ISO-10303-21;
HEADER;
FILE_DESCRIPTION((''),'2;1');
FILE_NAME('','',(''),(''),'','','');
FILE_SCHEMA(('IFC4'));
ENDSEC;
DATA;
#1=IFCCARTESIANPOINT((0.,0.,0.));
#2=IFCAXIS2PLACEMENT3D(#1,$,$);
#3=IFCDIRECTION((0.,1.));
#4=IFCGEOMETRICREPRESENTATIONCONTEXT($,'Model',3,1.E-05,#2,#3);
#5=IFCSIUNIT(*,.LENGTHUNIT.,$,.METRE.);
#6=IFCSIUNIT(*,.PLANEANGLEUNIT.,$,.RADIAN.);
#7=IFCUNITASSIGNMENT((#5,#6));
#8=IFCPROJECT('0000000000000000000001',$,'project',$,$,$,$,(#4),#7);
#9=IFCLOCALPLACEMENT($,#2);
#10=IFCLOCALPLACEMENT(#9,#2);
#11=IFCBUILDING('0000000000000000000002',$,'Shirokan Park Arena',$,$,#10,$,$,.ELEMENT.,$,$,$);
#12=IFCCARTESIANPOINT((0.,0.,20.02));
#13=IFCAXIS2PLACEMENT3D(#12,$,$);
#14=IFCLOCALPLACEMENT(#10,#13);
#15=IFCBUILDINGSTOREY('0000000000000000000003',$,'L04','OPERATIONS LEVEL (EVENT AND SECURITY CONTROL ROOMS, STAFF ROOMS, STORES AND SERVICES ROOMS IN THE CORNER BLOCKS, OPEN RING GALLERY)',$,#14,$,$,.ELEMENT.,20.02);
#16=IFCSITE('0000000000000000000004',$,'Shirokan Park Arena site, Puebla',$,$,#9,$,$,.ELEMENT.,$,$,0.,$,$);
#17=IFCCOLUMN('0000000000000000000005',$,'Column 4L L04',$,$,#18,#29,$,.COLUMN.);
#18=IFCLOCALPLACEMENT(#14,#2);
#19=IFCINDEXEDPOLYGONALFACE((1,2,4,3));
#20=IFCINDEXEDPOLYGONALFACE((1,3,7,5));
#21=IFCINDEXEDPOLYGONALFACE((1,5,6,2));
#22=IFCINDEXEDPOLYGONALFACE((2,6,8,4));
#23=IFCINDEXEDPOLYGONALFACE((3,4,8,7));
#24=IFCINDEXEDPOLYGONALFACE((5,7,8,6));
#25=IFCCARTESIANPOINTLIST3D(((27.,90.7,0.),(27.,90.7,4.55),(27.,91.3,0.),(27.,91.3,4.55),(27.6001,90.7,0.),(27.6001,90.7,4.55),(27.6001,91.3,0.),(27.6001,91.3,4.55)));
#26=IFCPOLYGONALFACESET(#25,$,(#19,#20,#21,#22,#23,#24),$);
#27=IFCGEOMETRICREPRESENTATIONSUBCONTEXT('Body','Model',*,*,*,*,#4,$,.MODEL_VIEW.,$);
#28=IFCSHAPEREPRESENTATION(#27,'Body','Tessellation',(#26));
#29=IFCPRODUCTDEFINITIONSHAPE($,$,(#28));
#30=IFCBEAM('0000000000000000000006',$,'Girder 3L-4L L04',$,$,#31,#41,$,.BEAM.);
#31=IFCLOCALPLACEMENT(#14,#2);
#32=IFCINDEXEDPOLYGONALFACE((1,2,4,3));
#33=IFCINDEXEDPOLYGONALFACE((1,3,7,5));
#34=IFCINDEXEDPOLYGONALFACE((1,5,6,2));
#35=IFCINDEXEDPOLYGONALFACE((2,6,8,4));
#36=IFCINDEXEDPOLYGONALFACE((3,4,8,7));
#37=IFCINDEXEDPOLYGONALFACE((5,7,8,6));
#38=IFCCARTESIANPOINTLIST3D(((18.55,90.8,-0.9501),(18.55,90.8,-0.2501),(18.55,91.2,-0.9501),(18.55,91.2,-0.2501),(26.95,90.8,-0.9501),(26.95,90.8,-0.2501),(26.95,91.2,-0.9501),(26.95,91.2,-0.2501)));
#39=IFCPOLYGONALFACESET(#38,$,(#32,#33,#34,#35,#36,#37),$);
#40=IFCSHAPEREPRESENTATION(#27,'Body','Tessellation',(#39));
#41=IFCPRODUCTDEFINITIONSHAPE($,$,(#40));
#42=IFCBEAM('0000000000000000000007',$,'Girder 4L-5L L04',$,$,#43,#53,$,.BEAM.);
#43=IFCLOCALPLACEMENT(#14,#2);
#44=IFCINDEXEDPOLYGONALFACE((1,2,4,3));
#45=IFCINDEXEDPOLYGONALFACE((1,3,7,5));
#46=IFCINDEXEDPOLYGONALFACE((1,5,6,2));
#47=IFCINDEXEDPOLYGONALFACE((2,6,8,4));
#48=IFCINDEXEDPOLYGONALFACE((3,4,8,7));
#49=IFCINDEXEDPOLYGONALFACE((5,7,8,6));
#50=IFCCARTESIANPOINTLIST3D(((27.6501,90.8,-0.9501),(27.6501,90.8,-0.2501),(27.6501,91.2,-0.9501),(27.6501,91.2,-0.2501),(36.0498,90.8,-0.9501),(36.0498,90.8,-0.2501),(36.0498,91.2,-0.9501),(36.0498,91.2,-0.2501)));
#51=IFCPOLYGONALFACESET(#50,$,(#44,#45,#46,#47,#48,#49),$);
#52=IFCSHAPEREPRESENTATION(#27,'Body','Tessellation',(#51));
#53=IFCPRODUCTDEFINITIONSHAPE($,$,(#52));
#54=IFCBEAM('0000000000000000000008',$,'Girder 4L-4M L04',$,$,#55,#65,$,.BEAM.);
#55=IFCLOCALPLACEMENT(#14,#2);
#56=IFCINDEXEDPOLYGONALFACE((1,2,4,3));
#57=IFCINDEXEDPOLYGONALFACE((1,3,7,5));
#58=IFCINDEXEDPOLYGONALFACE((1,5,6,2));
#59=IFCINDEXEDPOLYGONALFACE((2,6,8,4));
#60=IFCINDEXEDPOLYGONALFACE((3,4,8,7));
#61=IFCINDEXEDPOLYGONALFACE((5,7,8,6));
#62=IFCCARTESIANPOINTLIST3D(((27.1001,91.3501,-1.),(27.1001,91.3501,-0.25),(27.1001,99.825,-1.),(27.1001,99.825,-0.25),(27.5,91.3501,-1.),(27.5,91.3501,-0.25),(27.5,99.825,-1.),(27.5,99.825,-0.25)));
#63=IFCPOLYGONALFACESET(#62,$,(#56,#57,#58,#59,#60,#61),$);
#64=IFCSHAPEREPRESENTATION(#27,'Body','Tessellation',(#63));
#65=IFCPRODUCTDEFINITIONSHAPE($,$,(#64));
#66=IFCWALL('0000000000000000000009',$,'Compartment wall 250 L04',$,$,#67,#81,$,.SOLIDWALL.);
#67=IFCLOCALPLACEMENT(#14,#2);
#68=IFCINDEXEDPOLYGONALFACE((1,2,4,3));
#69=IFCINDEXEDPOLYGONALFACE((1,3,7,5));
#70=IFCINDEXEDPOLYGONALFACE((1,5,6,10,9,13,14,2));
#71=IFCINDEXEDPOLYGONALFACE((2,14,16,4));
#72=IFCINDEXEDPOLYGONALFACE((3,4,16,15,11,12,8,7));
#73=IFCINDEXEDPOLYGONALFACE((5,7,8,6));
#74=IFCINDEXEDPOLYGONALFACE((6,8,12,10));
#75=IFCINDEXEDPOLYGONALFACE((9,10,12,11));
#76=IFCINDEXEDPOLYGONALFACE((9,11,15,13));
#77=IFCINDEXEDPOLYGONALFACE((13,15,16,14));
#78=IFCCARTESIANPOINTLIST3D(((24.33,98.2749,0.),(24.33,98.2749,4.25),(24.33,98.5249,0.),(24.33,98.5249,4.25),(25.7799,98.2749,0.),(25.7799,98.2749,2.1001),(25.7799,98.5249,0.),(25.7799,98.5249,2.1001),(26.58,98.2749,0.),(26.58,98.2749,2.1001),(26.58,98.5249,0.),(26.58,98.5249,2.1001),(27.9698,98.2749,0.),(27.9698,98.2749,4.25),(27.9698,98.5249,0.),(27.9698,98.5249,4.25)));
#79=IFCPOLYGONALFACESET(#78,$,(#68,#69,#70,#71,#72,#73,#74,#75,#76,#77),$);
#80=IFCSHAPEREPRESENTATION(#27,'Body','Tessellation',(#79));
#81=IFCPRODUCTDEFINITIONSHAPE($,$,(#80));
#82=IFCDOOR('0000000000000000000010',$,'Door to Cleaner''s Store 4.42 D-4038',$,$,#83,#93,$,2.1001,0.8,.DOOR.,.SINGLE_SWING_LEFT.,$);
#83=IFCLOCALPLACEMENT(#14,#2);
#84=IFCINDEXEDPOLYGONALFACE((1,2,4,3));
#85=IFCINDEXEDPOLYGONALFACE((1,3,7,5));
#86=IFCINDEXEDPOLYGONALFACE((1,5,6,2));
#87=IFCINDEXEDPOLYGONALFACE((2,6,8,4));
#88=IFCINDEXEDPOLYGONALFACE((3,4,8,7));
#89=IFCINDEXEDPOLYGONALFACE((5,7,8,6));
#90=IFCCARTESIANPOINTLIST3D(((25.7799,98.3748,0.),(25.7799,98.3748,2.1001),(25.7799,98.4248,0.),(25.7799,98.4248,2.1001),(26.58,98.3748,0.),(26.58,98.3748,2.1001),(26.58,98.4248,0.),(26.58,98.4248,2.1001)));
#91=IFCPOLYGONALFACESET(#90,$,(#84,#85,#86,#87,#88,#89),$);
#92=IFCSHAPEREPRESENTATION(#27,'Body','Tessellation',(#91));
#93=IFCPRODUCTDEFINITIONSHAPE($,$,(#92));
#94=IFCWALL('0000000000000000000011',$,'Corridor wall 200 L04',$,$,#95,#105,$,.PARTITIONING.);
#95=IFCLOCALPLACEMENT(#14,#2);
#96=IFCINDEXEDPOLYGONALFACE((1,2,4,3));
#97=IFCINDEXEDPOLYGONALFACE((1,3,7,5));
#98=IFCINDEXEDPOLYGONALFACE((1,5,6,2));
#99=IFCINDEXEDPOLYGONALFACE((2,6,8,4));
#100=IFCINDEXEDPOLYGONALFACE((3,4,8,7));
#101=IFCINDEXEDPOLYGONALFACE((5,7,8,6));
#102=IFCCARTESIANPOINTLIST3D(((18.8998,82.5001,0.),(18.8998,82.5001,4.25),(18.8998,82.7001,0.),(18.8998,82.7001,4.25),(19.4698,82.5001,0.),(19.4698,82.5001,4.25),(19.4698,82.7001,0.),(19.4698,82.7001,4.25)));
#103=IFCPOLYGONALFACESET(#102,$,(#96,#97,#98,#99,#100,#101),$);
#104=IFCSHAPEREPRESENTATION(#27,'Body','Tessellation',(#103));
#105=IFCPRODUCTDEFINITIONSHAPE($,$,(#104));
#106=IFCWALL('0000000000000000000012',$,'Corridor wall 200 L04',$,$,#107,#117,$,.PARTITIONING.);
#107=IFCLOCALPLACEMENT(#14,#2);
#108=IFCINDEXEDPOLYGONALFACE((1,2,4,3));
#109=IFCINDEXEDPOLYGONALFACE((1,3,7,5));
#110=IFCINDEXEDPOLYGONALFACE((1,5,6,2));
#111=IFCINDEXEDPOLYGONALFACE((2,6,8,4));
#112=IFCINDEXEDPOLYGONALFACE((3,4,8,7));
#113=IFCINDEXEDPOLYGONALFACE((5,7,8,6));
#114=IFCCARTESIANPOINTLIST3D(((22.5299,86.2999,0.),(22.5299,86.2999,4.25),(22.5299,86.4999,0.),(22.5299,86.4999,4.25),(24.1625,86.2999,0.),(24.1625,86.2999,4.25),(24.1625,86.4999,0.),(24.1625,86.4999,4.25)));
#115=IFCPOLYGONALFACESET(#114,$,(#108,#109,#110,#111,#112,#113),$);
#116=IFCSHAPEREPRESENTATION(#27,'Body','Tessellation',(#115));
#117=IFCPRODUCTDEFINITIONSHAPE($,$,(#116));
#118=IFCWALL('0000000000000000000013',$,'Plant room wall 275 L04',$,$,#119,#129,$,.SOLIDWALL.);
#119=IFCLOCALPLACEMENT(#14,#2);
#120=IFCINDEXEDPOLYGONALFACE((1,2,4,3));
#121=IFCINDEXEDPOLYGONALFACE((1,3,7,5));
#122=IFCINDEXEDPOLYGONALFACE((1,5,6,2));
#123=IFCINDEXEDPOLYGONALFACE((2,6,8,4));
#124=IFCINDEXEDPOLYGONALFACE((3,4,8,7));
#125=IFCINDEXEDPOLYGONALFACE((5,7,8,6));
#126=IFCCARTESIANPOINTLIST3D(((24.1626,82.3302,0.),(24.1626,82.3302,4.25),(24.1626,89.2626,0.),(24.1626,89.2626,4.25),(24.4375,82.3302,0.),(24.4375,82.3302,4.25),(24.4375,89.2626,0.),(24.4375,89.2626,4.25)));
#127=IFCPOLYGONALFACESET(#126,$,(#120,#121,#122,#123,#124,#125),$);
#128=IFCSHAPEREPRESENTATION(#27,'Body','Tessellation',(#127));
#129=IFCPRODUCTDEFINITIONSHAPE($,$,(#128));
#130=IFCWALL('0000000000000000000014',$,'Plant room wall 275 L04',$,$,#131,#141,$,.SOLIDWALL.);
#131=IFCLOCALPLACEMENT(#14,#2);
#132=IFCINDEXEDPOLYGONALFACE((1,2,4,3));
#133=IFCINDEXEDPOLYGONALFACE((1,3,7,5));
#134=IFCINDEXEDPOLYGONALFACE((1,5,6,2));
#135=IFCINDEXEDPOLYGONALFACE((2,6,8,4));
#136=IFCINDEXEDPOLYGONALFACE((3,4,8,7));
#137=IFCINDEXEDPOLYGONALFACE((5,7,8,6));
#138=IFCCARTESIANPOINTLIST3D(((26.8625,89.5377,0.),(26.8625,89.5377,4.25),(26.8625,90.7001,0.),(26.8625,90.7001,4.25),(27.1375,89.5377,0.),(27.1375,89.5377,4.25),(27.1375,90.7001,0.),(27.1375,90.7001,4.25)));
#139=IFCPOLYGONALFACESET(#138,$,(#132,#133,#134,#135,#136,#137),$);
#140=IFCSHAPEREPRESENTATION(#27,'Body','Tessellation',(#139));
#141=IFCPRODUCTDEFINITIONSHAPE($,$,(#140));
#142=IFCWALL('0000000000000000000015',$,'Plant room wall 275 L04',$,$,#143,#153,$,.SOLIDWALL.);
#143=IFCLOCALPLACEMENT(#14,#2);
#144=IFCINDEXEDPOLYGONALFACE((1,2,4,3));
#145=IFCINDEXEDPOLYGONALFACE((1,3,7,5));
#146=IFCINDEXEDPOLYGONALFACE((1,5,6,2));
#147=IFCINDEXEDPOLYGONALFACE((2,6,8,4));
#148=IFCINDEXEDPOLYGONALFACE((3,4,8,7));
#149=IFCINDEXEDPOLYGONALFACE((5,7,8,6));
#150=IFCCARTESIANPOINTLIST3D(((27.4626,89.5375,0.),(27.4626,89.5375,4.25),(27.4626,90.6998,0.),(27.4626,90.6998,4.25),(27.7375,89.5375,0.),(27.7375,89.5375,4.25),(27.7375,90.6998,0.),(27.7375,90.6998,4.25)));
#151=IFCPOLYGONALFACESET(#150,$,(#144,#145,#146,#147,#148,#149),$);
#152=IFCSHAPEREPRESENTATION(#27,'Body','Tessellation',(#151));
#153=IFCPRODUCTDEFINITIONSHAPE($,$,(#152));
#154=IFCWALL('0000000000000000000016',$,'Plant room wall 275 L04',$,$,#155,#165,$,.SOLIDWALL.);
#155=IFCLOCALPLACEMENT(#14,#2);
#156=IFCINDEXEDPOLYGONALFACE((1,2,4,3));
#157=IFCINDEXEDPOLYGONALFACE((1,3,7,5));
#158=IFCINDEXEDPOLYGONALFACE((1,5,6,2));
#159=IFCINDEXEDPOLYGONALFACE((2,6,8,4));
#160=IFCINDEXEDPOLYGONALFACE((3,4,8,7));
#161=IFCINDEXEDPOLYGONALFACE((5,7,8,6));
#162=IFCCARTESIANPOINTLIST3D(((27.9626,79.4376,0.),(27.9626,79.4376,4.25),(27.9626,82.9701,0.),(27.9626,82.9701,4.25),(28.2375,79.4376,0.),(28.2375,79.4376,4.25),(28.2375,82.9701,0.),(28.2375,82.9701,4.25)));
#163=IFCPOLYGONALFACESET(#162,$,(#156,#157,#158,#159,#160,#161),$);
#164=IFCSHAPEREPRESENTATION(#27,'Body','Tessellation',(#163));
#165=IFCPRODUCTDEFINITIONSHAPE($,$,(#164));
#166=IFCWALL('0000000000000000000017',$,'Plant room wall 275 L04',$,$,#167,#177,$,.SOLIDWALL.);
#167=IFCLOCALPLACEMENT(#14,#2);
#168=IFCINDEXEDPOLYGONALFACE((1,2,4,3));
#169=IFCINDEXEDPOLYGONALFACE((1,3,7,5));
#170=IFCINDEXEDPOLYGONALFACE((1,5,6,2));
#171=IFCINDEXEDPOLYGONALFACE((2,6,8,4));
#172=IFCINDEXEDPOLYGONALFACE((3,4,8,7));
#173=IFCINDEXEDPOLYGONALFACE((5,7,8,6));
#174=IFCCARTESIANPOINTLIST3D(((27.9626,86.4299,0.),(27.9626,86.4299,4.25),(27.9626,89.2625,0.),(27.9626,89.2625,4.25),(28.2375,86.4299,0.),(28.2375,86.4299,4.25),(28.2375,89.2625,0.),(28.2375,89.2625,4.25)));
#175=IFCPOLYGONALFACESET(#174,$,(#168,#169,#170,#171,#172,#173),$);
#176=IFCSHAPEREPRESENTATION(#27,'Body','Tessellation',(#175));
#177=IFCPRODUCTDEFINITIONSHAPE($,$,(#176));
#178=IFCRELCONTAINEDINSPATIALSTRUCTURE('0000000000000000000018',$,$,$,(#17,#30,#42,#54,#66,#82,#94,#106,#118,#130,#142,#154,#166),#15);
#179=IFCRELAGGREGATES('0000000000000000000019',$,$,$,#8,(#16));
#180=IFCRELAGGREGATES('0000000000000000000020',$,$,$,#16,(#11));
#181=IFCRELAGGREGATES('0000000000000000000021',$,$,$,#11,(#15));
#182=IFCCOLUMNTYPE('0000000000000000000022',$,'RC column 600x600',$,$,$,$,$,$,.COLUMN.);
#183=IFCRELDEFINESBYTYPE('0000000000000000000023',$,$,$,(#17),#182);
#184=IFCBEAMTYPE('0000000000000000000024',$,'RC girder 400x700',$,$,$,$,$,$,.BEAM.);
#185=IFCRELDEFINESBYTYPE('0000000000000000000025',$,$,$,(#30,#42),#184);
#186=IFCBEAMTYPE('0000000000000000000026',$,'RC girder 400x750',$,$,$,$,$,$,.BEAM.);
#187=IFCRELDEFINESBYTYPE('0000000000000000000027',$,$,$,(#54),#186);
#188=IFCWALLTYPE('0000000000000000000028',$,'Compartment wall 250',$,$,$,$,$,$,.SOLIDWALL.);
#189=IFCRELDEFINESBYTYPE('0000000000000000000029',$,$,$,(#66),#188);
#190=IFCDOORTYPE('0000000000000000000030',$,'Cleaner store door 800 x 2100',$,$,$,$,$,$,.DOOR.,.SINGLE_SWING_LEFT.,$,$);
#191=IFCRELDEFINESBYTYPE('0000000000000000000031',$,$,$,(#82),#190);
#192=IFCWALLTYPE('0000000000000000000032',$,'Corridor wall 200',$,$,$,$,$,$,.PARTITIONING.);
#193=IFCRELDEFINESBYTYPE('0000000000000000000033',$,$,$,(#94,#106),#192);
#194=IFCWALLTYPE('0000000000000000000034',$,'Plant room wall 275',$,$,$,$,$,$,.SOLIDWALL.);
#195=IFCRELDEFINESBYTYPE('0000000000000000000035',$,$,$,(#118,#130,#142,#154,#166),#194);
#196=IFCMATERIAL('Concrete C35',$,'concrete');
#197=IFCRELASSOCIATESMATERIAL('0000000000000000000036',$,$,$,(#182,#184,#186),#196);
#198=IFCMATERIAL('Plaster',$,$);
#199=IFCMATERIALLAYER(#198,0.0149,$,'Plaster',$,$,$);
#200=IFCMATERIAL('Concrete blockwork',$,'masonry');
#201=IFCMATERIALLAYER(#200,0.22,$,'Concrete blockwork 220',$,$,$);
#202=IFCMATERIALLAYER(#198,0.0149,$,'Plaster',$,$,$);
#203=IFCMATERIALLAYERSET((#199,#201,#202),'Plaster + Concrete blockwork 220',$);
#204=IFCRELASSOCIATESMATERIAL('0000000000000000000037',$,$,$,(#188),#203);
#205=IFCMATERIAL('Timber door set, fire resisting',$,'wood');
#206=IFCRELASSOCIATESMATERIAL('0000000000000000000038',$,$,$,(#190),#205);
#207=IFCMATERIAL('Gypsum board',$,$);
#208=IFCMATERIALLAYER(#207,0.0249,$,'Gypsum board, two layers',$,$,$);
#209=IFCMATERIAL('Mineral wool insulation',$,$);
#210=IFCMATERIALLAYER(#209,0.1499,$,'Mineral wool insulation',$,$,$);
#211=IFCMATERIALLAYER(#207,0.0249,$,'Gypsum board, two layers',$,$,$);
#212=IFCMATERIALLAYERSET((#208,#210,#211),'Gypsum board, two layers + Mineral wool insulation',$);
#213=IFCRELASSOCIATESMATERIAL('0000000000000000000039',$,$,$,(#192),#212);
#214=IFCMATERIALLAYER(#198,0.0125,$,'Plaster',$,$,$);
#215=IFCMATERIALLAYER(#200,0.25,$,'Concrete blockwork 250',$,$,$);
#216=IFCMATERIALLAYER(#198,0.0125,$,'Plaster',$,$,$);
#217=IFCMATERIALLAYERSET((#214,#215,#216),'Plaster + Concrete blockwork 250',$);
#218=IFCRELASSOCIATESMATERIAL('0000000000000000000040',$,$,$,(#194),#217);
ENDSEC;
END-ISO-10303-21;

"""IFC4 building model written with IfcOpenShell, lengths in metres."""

from ifc_helpers import new_model, si_unit, direction, frame, frame_2d, origin, origin_2d, place, context, subcontext, project, spatial, rectangle, extrude, material, layer, layer_set, material_profile, profile_set, type_object, element, fill, save


model = new_model("IFC4")

# Units and contexts
model_context = context("Model", 3, precision=1e-05, world=origin(), true_north=direction((0.0, 1.0)))
body_context = subcontext(model_context, "Body", "Model", "MODEL_VIEW")
ifc_project = project(units=[si_unit("LENGTHUNIT", "METRE"), si_unit("PLANEANGLEUNIT", "RADIAN")], contexts=[model_context])

# Site, building, storey
site_placement = place(None, origin())
site = spatial("IfcSite", under=ifc_project, at=site_placement, Name="Shirokan Park Arena site, Puebla", CompositionType="ELEMENT", RefElevation=0.0)
building_placement = place(site_placement, origin())
building = spatial("IfcBuilding", under=site, at=building_placement, Name="Shirokan Park Arena", CompositionType="ELEMENT")
storey_placement = place(building_placement, frame((0.0, 0.0, 20.02)))
storey = spatial("IfcBuildingStorey", under=building, at=storey_placement, Name="L04", Description="OPERATIONS LEVEL (EVENT AND SECURITY CONTROL ROOMS, STAFF ROOMS, STORES AND SERVICES ROOMS IN THE CORNER BLOCKS, OPEN RING GALLERY)", CompositionType="ELEMENT", Elevation=20.02)

# Column
ifc_material_1 = material(Name="Concrete C35", Category="concrete")
ifc_material_profile_1 = material_profile(ifc_material_1, rectangle(XDim=0.6001, YDim=0.6001, at=origin_2d()), Name="600x600")
ifc_profile_set_1 = profile_set([ifc_material_profile_1], Name="Concrete C35")
column_type = type_object("IfcColumnType", Name="RC column 600x600", PredefinedType="COLUMN", material=ifc_profile_set_1)
column_placement = place(storey_placement, frame((27.3, 91.0, 0.0), z_axis=(0.0, 0.0, 1.0), x_axis=(1.0, 0.0, 0.0)))
element("IfcColumn", 1, at=column_placement, inside=storey, type_object=column_type, Name="Column 4L L04", PredefinedType="COLUMN", context=body_context, shape_type="SweptSolid", body=[
    extrude(rectangle(XDim=0.6001, YDim=0.6001, at=origin_2d()), origin(), (0.0, 0.0, 1.0), 4.55),
])

# Beams
ifc_material_profile_2 = material_profile(ifc_material_1, rectangle(XDim=0.3999, YDim=0.7, at=origin_2d()), Name="400x700")
ifc_profile_set_2 = profile_set([ifc_material_profile_2], Name="Concrete C35")
beam_type_1 = type_object("IfcBeamType", Name="RC girder 400x700", PredefinedType="BEAM", material=ifc_profile_set_2)
beam_1_placement = place(storey_placement, frame((18.55, 91.0, -0.6001), z_axis=(1.0, 0.0, 0.0), x_axis=(0.0, 1.0, 0.0)))
element("IfcBeam", 2, at=beam_1_placement, inside=storey, type_object=beam_type_1, Name="Girder 3L-4L L04", PredefinedType="BEAM", context=body_context, shape_type="SweptSolid", body=[
    extrude(rectangle(XDim=0.3999, YDim=0.7, at=origin_2d()), origin(), (0.0, 0.0, 1.0), 8.3999),
])
beam_2_placement = place(storey_placement, frame((27.6501, 91.0, -0.6001), z_axis=(1.0, 0.0, 0.0), x_axis=(0.0, 1.0, 0.0)))
element("IfcBeam", 3, at=beam_2_placement, inside=storey, type_object=beam_type_1, Name="Girder 4L-5L L04", PredefinedType="BEAM", context=body_context, shape_type="SweptSolid", body=[
    extrude(rectangle(XDim=0.3999, YDim=0.7, at=origin_2d()), origin(), (0.0, 0.0, 1.0), 8.3997),
])
ifc_material_profile_3 = material_profile(ifc_material_1, rectangle(XDim=0.3999, YDim=0.75, at=origin_2d()), Name="400x750")
ifc_profile_set_3 = profile_set([ifc_material_profile_3], Name="Concrete C35")
beam_type_2 = type_object("IfcBeamType", Name="RC girder 400x750", PredefinedType="BEAM", material=ifc_profile_set_3)
beam_3_placement = place(storey_placement, frame((27.3, 91.3501, -0.625), z_axis=(0.0, 1.0, 0.0), x_axis=(-1.0, 0.0, 0.0)))
element("IfcBeam", 4, at=beam_3_placement, inside=storey, type_object=beam_type_2, Name="Girder 4L-4M L04", PredefinedType="BEAM", context=body_context, shape_type="SweptSolid", body=[
    extrude(rectangle(XDim=0.3999, YDim=0.75, at=origin_2d()), origin(), (0.0, 0.0, 1.0), 8.4749),
])

# Wall, opening, door
ifc_material_2 = material(Name="Plaster")
ifc_layer_1 = layer(ifc_material_2, 0.0149, Name="Plaster")
ifc_material_3 = material(Name="Concrete blockwork", Category="masonry")
ifc_layer_2 = layer(ifc_material_3, 0.22, Name="Concrete blockwork 220")
ifc_layer_3 = layer(ifc_material_2, 0.0149, Name="Plaster")
ifc_layer_set_1 = layer_set([ifc_layer_1, ifc_layer_2, ifc_layer_3], Name="Plaster + Concrete blockwork 220")
wall_type_1 = type_object("IfcWallType", Name="Compartment wall 250", PredefinedType="SOLIDWALL", material=ifc_layer_set_1)
wall_1_placement = place(storey_placement, frame((24.3301, 98.3999, 0.0), z_axis=(0.0, 0.0, 1.0), x_axis=(1.0, 0.0, 0.0)))
wall_1 = element("IfcWall", 5, at=wall_1_placement, inside=storey, type_object=wall_type_1, Name="Compartment wall 250 L04", PredefinedType="SOLIDWALL", context=body_context, shape_type="SweptSolid", body=[
    extrude(rectangle(XDim=3.6399, YDim=0.25, at=frame_2d((1.8198, 0.0))), origin(), (0.0, 0.0, 1.0), 4.25),
])
opening_1_placement = place(wall_1_placement, frame((1.45, 0.0, 0.0)))
opening_1 = element("IfcOpeningElement", 6, at=opening_1_placement, cuts=wall_1, PredefinedType="OPENING", context=body_context, shape_type="SweptSolid", body=[
    extrude(rectangle(XDim=0.8, YDim=2.1001, at=frame_2d((0.3999, 1.05))), frame((0.0, 0.135, 0.0), z_axis=(0.0, -1.0, 0.0), x_axis=(1.0, 0.0, 0.0)), (0.0, 0.0, 1.0), 0.27),
])
ifc_material_4 = material(Name="Timber door set, fire resisting", Category="wood")
door_type_1 = type_object("IfcDoorType", Name="Cleaner store door 800 x 2100", OperationType="SINGLE_SWING_LEFT", PredefinedType="DOOR", material=ifc_material_4)
door_1_placement = place(opening_1_placement, origin())
door_1 = element("IfcDoor", 7, at=door_1_placement, inside=storey, type_object=door_type_1, Name="Door to Cleaner's Store 4.42 D-4038", OperationType="SINGLE_SWING_LEFT", OverallHeight=2.1001, OverallWidth=0.8, PredefinedType="DOOR", context=body_context, shape_type="SweptSolid", body=[
    extrude(rectangle(XDim=0.8, YDim=2.1001, at=frame_2d((0.3999, 1.05))), frame((0.0, 0.0249, 0.0), z_axis=(0.0, -1.0, 0.0), x_axis=(1.0, 0.0, 0.0)), (0.0, 0.0, 1.0), 0.05),
])
fill(opening_1, door_1)

# Walls
ifc_material_5 = material(Name="Gypsum board")
ifc_layer_4 = layer(ifc_material_5, 0.0249, Name="Gypsum board, two layers")
ifc_material_6 = material(Name="Mineral wool insulation")
ifc_layer_5 = layer(ifc_material_6, 0.1499, Name="Mineral wool insulation")
ifc_layer_6 = layer(ifc_material_5, 0.0249, Name="Gypsum board, two layers")
ifc_layer_set_2 = layer_set([ifc_layer_4, ifc_layer_5, ifc_layer_6], Name="Gypsum board, two layers + Mineral wool insulation")
wall_type_2 = type_object("IfcWallType", Name="Corridor wall 200", PredefinedType="PARTITIONING", material=ifc_layer_set_2)
wall_2_placement = place(storey_placement, frame((19.47, 82.6001, 0.0), z_axis=(0.0, 0.0, 1.0), x_axis=(-1.0, 0.0, 0.0)))
element("IfcWall", 8, at=wall_2_placement, inside=storey, type_object=wall_type_2, Name="Corridor wall 200 L04", PredefinedType="PARTITIONING", context=body_context, shape_type="SweptSolid", body=[
    extrude(rectangle(XDim=0.5701, YDim=0.2, at=frame_2d((0.2852, 0.0))), origin(), (0.0, 0.0, 1.0), 4.25),
])
wall_3_placement = place(storey_placement, frame((24.1626, 86.3999, 0.0), z_axis=(0.0, 0.0, 1.0), x_axis=(-1.0, 0.0, 0.0)))
element("IfcWall", 9, at=wall_3_placement, inside=storey, type_object=wall_type_2, Name="Corridor wall 200 L04", PredefinedType="PARTITIONING", context=body_context, shape_type="SweptSolid", body=[
    extrude(rectangle(XDim=1.6326, YDim=0.2, at=frame_2d((0.8164, 0.0))), origin(), (0.0, 0.0, 1.0), 4.25),
])

# Walls
ifc_layer_7 = layer(ifc_material_2, 0.0125, Name="Plaster")
ifc_layer_8 = layer(ifc_material_3, 0.25, Name="Concrete blockwork 250")
ifc_layer_9 = layer(ifc_material_2, 0.0125, Name="Plaster")
ifc_layer_set_3 = layer_set([ifc_layer_7, ifc_layer_8, ifc_layer_9], Name="Plaster + Concrete blockwork 250")
wall_type_3 = type_object("IfcWallType", Name="Plant room wall 275", PredefinedType="SOLIDWALL", material=ifc_layer_set_3)
wall_4_placement = place(storey_placement, frame((24.3, 82.3301, 0.0), z_axis=(0.0, 0.0, 1.0), x_axis=(0.0, 1.0, 0.0)))
element("IfcWall", 10, at=wall_4_placement, inside=storey, type_object=wall_type_3, Name="Plant room wall 275 L04", PredefinedType="SOLIDWALL", context=body_context, shape_type="SweptSolid", body=[
    extrude(rectangle(XDim=6.9324, YDim=0.2749, at=frame_2d((3.4663, 0.0))), origin(), (0.0, 0.0, 1.0), 4.25),
])
wall_5_placement = place(storey_placement, frame((27.0, 90.7, 0.0), z_axis=(0.0, 0.0, 1.0), x_axis=(0.0, -1.0, 0.0)))
element("IfcWall", 11, at=wall_5_placement, inside=storey, type_object=wall_type_3, Name="Plant room wall 275 L04", PredefinedType="SOLIDWALL", context=body_context, shape_type="SweptSolid", body=[
    extrude(rectangle(XDim=1.1624, YDim=0.2749, at=frame_2d((0.5811, 0.0))), origin(), (0.0, 0.0, 1.0), 4.25),
])

# Walls
wall_6_placement = place(storey_placement, frame((27.6001, 89.5376, 0.0), z_axis=(0.0, 0.0, 1.0), x_axis=(0.0, 1.0, 0.0)))
element("IfcWall", 12, at=wall_6_placement, inside=storey, type_object=wall_type_3, Name="Plant room wall 275 L04", PredefinedType="SOLIDWALL", context=body_context, shape_type="SweptSolid", body=[
    extrude(rectangle(XDim=1.1624, YDim=0.2749, at=frame_2d((0.5811, 0.0))), origin(), (0.0, 0.0, 1.0), 4.25),
])
wall_7_placement = place(storey_placement, frame((28.1001, 82.97, 0.0), z_axis=(0.0, 0.0, 1.0), x_axis=(0.0, -1.0, 0.0)))
element("IfcWall", 13, at=wall_7_placement, inside=storey, type_object=wall_type_3, Name="Plant room wall 275 L04", PredefinedType="SOLIDWALL", context=body_context, shape_type="SweptSolid", body=[
    extrude(rectangle(XDim=3.5325, YDim=0.2749, at=frame_2d((1.7661, 0.0))), origin(), (0.0, 0.0, 1.0), 4.25),
])
wall_8_placement = place(storey_placement, frame((28.1001, 89.2625, 0.0), z_axis=(0.0, 0.0, 1.0), x_axis=(0.0, -1.0, 0.0)))
element("IfcWall", 14, at=wall_8_placement, inside=storey, type_object=wall_type_3, Name="Plant room wall 275 L04", PredefinedType="SOLIDWALL", context=body_context, shape_type="SweptSolid", body=[
    extrude(rectangle(XDim=2.8325, YDim=0.2749, at=frame_2d((1.4163, 0.0))), origin(), (0.0, 0.0, 1.0), 4.25),
])

save(model, "model.ifc")
